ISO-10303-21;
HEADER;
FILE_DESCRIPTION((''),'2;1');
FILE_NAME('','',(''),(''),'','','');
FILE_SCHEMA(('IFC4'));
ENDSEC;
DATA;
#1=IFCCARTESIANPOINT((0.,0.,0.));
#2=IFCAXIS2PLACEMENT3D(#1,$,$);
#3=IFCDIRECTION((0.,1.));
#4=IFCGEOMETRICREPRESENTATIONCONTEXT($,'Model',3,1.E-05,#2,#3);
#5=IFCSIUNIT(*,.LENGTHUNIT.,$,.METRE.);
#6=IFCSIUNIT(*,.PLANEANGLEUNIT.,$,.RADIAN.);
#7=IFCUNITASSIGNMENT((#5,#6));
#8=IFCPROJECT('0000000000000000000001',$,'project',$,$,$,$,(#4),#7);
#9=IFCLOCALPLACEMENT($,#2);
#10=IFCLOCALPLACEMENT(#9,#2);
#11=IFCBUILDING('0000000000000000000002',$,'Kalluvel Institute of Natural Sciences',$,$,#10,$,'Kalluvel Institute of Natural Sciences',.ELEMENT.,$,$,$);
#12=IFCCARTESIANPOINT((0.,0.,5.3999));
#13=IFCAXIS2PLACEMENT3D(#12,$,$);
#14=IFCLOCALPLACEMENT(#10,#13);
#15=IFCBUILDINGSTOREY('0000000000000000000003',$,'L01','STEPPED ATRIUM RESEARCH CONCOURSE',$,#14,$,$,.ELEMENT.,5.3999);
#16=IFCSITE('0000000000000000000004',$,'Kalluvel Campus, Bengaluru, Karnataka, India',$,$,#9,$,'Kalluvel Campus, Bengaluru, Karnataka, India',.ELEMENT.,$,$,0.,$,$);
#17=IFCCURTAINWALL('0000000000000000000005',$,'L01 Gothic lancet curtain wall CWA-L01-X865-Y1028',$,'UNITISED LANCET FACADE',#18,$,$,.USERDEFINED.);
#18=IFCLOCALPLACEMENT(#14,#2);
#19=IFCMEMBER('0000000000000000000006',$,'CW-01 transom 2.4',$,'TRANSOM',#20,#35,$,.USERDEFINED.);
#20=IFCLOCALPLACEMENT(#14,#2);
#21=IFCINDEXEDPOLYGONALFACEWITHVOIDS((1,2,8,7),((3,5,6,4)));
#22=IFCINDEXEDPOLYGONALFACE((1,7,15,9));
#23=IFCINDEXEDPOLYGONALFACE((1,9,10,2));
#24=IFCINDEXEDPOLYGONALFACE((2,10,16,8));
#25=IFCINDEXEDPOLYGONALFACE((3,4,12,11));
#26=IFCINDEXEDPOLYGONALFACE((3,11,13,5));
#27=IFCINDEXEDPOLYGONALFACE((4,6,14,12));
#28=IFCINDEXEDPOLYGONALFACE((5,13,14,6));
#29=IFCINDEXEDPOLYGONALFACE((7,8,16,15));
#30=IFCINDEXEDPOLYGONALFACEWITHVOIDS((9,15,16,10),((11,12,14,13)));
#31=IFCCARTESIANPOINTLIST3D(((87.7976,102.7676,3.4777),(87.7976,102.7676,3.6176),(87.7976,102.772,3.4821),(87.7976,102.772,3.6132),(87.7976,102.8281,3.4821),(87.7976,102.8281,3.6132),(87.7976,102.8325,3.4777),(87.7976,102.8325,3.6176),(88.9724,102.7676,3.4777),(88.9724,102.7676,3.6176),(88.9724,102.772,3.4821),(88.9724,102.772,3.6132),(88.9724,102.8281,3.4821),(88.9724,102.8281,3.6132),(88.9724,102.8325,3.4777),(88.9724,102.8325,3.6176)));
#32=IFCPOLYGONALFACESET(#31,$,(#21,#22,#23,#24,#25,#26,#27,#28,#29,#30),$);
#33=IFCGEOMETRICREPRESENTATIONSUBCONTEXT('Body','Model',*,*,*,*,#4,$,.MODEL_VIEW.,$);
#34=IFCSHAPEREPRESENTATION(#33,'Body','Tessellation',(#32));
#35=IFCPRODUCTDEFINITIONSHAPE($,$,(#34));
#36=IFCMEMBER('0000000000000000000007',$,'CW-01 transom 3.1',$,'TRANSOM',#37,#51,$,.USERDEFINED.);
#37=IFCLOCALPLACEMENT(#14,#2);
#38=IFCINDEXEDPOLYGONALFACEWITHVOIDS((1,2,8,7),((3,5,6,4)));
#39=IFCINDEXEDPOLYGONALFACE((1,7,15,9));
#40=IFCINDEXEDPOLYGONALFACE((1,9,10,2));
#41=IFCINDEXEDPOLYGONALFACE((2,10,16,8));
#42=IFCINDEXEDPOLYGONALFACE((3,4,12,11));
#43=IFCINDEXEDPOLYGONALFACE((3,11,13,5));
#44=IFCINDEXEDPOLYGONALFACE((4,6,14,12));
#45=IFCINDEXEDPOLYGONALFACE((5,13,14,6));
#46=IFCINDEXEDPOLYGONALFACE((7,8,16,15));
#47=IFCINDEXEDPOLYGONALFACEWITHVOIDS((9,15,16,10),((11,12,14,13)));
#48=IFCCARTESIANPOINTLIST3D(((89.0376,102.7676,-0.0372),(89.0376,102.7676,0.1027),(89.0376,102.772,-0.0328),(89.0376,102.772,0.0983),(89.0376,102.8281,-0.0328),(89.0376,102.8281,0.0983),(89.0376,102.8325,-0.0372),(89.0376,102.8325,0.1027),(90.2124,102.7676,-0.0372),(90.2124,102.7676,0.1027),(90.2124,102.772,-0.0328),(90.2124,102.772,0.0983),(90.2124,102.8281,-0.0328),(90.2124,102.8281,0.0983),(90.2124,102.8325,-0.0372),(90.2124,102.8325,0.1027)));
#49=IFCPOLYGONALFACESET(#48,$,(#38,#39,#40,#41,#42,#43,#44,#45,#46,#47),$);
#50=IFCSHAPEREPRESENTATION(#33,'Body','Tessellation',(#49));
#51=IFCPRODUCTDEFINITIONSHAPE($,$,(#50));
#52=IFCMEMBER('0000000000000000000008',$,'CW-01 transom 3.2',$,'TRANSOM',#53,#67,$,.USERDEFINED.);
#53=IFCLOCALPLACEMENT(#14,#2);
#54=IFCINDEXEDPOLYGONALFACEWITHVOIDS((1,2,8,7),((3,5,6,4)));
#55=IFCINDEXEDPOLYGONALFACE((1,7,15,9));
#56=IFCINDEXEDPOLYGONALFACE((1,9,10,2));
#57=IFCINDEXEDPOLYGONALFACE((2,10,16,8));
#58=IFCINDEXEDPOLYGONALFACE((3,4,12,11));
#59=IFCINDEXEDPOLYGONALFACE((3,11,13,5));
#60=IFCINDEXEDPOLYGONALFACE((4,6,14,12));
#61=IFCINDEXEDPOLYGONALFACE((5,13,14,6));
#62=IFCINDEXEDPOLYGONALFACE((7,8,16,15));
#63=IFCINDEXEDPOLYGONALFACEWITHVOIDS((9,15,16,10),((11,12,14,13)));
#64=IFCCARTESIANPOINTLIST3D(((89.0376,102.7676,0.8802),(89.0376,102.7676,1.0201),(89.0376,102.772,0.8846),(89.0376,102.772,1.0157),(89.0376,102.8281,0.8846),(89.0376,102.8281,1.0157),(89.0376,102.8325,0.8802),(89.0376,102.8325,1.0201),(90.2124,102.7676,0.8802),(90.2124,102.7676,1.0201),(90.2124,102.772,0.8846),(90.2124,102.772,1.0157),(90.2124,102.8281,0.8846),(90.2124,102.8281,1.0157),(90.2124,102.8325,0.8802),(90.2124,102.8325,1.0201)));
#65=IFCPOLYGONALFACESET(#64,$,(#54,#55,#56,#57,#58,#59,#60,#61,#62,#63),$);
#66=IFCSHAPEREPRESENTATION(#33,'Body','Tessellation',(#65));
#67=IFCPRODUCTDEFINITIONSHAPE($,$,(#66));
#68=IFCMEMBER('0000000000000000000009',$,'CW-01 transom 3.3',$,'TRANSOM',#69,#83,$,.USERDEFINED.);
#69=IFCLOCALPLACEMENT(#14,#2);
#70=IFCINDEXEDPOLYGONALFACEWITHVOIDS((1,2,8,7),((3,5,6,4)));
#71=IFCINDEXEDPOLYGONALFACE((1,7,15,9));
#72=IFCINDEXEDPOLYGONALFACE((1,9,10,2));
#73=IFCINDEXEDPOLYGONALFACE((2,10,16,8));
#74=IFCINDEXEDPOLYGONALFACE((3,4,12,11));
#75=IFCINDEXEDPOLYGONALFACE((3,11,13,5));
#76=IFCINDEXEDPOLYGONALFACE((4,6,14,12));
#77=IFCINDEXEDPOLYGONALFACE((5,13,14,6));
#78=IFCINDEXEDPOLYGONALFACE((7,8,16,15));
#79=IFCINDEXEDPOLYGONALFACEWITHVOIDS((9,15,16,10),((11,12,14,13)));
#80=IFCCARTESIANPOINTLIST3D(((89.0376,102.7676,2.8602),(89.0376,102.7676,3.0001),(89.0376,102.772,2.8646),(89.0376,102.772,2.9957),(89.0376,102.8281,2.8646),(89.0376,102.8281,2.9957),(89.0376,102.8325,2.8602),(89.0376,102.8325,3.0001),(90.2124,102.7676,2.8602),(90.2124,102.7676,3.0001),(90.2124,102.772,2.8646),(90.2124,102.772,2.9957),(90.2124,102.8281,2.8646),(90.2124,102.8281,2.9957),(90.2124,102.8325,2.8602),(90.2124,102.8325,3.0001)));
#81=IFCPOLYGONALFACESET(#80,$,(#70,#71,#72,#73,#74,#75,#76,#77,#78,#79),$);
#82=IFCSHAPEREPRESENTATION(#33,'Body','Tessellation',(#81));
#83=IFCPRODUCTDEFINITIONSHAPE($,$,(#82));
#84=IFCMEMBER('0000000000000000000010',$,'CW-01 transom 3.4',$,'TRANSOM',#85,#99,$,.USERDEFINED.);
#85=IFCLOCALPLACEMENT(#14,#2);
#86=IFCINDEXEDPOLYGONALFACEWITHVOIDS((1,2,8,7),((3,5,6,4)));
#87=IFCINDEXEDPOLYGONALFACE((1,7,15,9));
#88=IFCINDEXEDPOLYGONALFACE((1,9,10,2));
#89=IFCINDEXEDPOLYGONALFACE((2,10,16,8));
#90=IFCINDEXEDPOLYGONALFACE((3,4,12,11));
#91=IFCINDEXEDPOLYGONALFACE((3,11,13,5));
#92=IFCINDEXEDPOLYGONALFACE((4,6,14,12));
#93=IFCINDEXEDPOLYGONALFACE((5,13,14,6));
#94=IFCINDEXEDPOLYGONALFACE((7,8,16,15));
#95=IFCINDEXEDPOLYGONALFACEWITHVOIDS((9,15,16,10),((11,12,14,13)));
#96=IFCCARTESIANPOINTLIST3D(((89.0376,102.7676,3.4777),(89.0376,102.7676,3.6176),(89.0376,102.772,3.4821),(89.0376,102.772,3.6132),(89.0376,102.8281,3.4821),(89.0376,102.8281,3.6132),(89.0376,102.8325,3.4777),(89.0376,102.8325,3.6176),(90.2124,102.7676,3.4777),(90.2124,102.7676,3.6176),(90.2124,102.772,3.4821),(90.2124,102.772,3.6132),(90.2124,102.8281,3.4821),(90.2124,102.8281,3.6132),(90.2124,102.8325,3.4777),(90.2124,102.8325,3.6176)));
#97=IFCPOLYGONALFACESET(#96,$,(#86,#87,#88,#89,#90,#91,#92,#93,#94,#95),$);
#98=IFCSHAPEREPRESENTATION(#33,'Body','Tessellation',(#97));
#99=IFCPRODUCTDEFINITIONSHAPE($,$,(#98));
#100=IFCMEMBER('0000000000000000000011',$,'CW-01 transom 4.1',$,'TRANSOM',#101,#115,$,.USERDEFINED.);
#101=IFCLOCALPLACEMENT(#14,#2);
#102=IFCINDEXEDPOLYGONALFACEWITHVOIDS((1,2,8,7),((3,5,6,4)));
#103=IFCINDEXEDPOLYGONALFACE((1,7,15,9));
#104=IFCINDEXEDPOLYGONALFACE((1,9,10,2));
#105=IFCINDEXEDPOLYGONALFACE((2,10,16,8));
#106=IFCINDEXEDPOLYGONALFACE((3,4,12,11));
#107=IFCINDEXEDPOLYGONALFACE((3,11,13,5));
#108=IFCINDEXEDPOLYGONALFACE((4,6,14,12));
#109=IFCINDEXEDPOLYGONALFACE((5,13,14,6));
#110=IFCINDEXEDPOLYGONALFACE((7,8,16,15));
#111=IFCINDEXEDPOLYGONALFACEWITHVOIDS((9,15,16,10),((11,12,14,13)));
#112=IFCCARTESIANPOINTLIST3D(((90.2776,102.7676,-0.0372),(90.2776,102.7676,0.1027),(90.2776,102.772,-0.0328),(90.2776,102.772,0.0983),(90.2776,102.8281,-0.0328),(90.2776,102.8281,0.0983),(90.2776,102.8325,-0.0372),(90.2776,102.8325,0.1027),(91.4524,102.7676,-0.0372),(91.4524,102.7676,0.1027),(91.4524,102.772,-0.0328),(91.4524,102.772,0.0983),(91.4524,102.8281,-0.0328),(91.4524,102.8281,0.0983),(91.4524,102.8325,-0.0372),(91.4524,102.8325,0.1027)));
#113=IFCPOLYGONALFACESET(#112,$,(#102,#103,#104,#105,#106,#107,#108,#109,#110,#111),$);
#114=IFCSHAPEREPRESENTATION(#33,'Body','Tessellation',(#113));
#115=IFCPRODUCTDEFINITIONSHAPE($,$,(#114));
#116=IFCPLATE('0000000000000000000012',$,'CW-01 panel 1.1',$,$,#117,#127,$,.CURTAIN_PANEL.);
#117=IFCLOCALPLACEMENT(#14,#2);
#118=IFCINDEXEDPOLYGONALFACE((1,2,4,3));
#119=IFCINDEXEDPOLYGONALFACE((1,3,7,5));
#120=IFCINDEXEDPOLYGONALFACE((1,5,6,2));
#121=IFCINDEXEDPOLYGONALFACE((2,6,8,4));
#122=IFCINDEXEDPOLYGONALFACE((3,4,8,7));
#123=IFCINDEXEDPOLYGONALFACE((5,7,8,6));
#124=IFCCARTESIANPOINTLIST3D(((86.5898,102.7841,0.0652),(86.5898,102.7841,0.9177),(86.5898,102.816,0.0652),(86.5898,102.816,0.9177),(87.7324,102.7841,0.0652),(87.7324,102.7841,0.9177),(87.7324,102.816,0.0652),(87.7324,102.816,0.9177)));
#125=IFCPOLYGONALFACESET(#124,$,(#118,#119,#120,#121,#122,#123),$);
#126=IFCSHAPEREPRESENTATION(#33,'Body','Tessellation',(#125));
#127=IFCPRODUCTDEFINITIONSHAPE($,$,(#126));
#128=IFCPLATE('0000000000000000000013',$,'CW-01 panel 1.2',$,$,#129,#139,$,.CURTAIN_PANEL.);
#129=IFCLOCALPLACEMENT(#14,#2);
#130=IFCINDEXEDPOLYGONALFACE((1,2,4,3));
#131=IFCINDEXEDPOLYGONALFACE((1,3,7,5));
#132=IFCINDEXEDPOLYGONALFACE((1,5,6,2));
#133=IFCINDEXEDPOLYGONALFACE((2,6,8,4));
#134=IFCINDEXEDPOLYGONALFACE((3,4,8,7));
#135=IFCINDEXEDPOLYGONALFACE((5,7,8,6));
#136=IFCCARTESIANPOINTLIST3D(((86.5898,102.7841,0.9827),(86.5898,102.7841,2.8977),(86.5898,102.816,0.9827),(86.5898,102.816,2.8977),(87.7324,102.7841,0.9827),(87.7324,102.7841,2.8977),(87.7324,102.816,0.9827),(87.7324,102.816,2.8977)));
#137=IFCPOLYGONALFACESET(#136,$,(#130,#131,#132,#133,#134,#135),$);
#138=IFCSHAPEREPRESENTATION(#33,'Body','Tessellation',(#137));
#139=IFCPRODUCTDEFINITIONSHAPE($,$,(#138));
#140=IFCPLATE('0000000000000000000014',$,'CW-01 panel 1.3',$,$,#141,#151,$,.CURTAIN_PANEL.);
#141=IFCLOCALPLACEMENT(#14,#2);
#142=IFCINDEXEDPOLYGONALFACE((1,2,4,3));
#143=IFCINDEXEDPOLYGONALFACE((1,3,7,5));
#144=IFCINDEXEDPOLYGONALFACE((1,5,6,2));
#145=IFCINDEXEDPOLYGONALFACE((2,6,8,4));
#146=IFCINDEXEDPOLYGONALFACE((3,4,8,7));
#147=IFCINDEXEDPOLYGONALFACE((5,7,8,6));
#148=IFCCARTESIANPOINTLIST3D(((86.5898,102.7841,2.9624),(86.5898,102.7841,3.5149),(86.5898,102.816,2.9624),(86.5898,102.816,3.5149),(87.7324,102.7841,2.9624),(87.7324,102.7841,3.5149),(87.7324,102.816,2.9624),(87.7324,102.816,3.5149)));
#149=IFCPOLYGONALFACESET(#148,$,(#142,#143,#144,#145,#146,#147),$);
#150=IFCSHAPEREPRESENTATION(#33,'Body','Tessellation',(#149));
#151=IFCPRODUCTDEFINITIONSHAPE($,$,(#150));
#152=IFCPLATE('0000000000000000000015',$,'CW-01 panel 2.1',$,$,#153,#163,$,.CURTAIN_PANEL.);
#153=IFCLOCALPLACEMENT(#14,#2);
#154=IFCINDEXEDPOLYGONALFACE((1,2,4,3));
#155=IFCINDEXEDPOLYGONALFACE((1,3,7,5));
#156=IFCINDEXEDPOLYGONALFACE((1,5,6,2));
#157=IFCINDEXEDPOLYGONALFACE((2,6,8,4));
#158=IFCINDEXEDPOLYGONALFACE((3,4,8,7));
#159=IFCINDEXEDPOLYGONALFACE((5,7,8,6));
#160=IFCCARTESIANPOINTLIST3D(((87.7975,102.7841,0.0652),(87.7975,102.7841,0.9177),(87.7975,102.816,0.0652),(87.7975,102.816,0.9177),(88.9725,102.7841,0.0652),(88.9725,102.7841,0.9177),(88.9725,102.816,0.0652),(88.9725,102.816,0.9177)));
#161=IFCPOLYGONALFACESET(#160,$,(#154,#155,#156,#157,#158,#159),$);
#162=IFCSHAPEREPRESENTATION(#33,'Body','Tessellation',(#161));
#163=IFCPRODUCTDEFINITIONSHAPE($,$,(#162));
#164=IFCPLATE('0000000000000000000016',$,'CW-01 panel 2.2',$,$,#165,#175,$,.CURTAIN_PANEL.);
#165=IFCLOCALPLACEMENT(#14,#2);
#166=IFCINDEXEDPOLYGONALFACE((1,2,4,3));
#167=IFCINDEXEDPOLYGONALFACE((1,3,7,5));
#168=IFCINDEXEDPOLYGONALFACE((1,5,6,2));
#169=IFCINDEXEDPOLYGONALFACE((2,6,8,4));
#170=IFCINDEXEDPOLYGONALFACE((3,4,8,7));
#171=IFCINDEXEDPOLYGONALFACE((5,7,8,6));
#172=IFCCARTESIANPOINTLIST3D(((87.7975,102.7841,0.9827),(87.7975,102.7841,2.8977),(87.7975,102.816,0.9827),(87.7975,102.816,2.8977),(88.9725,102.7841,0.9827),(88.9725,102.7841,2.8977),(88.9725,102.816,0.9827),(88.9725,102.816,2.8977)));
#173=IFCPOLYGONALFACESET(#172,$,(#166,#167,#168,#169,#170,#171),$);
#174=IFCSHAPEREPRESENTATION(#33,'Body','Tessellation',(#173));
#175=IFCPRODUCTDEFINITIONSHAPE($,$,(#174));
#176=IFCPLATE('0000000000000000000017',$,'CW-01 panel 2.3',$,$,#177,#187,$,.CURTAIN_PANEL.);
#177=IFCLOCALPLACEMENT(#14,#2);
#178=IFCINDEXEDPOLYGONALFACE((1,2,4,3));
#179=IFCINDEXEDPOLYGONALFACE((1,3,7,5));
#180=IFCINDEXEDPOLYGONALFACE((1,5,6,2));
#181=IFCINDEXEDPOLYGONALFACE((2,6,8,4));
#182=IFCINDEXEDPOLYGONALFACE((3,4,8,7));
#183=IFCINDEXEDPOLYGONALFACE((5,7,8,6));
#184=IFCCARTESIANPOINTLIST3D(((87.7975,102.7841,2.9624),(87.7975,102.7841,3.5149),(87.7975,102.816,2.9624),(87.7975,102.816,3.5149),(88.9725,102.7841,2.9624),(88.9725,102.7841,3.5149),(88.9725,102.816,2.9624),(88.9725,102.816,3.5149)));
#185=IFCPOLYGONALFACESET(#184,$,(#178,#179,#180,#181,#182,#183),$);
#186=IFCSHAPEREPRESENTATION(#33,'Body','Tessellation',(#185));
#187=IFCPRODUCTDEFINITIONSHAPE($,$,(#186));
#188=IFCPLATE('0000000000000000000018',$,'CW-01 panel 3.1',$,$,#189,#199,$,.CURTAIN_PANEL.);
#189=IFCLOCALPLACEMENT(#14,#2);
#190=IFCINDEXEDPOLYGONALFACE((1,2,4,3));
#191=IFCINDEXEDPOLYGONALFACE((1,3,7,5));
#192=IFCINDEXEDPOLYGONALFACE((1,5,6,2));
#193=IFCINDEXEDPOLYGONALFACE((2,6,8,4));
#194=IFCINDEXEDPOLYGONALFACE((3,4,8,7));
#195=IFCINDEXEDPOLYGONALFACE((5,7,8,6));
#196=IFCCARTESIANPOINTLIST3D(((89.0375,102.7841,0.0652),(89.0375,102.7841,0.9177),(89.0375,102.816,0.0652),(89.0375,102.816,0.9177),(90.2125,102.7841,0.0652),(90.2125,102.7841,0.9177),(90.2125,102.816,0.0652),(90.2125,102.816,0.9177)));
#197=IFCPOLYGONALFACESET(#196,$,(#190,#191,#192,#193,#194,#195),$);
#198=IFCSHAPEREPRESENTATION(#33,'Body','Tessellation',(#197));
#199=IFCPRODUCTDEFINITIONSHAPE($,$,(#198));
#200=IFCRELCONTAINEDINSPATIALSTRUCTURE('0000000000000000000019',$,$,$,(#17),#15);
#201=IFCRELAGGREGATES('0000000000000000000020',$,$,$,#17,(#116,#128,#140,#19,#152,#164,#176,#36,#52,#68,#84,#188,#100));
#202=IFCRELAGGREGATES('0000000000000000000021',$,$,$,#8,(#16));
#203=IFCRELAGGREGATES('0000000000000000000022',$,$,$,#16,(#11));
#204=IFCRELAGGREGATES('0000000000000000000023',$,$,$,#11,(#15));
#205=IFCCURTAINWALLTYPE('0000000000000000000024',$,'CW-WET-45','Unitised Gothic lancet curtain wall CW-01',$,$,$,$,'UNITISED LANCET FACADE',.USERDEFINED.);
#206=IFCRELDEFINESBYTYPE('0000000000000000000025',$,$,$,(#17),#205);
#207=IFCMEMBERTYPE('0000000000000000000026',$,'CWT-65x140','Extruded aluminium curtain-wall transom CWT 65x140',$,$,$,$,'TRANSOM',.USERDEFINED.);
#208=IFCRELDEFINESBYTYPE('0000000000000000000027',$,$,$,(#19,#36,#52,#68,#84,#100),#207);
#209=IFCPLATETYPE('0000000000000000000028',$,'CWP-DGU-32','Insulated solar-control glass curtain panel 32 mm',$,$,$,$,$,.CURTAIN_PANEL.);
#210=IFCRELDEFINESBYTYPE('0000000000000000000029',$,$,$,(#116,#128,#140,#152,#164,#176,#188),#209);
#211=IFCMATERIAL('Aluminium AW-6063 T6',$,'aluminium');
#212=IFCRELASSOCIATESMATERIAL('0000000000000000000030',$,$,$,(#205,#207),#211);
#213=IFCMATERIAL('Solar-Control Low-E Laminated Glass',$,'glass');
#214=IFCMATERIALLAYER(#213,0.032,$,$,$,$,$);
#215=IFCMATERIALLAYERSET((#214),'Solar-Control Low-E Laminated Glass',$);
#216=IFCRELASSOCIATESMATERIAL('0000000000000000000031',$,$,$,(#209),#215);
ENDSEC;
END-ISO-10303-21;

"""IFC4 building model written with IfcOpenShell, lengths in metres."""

from ifc_helpers import new_model, si_unit, direction, frame, origin, origin_2d, place, context, subcontext, project, spatial, rectangle, hollow_rectangle, extrude, material, layer, layer_set, material_profile, profile_set, type_object, element, aggregate, save


model = new_model("IFC4")

# Units and contexts
model_context = context("Model", 3, precision=1e-05, world=origin(), true_north=direction((0.0, 1.0)))
body_context = subcontext(model_context, "Body", "Model", "MODEL_VIEW")
ifc_project = project(units=[si_unit("LENGTHUNIT", "METRE"), si_unit("PLANEANGLEUNIT", "RADIAN")], contexts=[model_context])

# Site, building, storey
site_placement = place(None, origin())
site = spatial("IfcSite", under=ifc_project, at=site_placement, Name="Kalluvel Campus, Bengaluru, Karnataka, India", LongName="Kalluvel Campus, Bengaluru, Karnataka, India", CompositionType="ELEMENT", RefElevation=0.0)
building_placement = place(site_placement, origin())
building = spatial("IfcBuilding", under=site, at=building_placement, Name="Kalluvel Institute of Natural Sciences", LongName="Kalluvel Institute of Natural Sciences", CompositionType="ELEMENT")
storey_placement = place(building_placement, frame((0.0, 0.0, 5.3999)))
storey = spatial("IfcBuildingStorey", under=building, at=storey_placement, Name="L01", Description="STEPPED ATRIUM RESEARCH CONCOURSE", CompositionType="ELEMENT", Elevation=5.3999)

# Curtain wall, members, plates
ifc_material_1 = material(Name="Aluminium AW-6063 T6", Category="aluminium")
curtain_wall_type = type_object("IfcCurtainWallType", Name="CW-WET-45", Description="Unitised Gothic lancet curtain wall CW-01", ElementType="UNITISED LANCET FACADE", PredefinedType="USERDEFINED", material=ifc_material_1)
curtain_wall_placement = place(storey_placement, origin())
curtain_wall = element("IfcCurtainWall", 1, at=curtain_wall_placement, inside=storey, type_object=curtain_wall_type, Name="L01 Gothic lancet curtain wall CWA-L01-X865-Y1028", ObjectType="UNITISED LANCET FACADE", PredefinedType="USERDEFINED")
ifc_material_profile_1 = material_profile(ifc_material_1, hollow_rectangle(XDim=0.0649, YDim=0.1399, WallThickness=0.0044, at=origin_2d()), Name="CWT 65x140")
ifc_profile_set_1 = profile_set([ifc_material_profile_1], Name="Aluminium AW-6063 T6")
member_type_1 = type_object("IfcMemberType", Name="CWT-65x140", Description="Extruded aluminium curtain-wall transom CWT 65x140", ElementType="TRANSOM", PredefinedType="USERDEFINED", material=ifc_profile_set_1)
member_1_placement = place(storey_placement, frame((87.7976, 102.8, 3.5476), z_axis=(1.0, 0.0, 0.0), x_axis=(0.0, 1.0, 0.0)))
member_1 = element("IfcMember", 2, at=member_1_placement, type_object=member_type_1, Name="CW-01 transom 2.4", ObjectType="TRANSOM", PredefinedType="USERDEFINED", context=body_context, shape_type="SweptSolid", body=[
    extrude(hollow_rectangle(XDim=0.0649, YDim=0.1399, WallThickness=0.0044, at=origin_2d()), origin(), (0.0, 0.0, 1.0), 1.1748),
])
member_2_placement = place(storey_placement, frame((89.0376, 102.8, 0.0327), z_axis=(1.0, 0.0, 0.0), x_axis=(0.0, 1.0, 0.0)))
member_2 = element("IfcMember", 3, at=member_2_placement, type_object=member_type_1, Name="CW-01 transom 3.1", ObjectType="TRANSOM", PredefinedType="USERDEFINED", context=body_context, shape_type="SweptSolid", body=[
    extrude(hollow_rectangle(XDim=0.0649, YDim=0.1399, WallThickness=0.0044, at=origin_2d()), origin(), (0.0, 0.0, 1.0), 1.1748),
])
member_3_placement = place(storey_placement, frame((89.0376, 102.8, 0.9502), z_axis=(1.0, 0.0, 0.0), x_axis=(0.0, 1.0, 0.0)))
member_3 = element("IfcMember", 4, at=member_3_placement, type_object=member_type_1, Name="CW-01 transom 3.2", ObjectType="TRANSOM", PredefinedType="USERDEFINED", context=body_context, shape_type="SweptSolid", body=[
    extrude(hollow_rectangle(XDim=0.0649, YDim=0.1399, WallThickness=0.0044, at=origin_2d()), origin(), (0.0, 0.0, 1.0), 1.1748),
])
member_4_placement = place(storey_placement, frame((89.0376, 102.8, 2.9302), z_axis=(1.0, 0.0, 0.0), x_axis=(0.0, 1.0, 0.0)))
member_4 = element("IfcMember", 5, at=member_4_placement, type_object=member_type_1, Name="CW-01 transom 3.3", ObjectType="TRANSOM", PredefinedType="USERDEFINED", context=body_context, shape_type="SweptSolid", body=[
    extrude(hollow_rectangle(XDim=0.0649, YDim=0.1399, WallThickness=0.0044, at=origin_2d()), origin(), (0.0, 0.0, 1.0), 1.1748),
])
member_5_placement = place(storey_placement, frame((89.0376, 102.8, 3.5476), z_axis=(1.0, 0.0, 0.0), x_axis=(0.0, 1.0, 0.0)))
member_5 = element("IfcMember", 6, at=member_5_placement, type_object=member_type_1, Name="CW-01 transom 3.4", ObjectType="TRANSOM", PredefinedType="USERDEFINED", context=body_context, shape_type="SweptSolid", body=[
    extrude(hollow_rectangle(XDim=0.0649, YDim=0.1399, WallThickness=0.0044, at=origin_2d()), origin(), (0.0, 0.0, 1.0), 1.1748),
])
member_6_placement = place(storey_placement, frame((90.2776, 102.8, 0.0327), z_axis=(1.0, 0.0, 0.0), x_axis=(0.0, 1.0, 0.0)))
member_6 = element("IfcMember", 7, at=member_6_placement, type_object=member_type_1, Name="CW-01 transom 4.1", ObjectType="TRANSOM", PredefinedType="USERDEFINED", context=body_context, shape_type="SweptSolid", body=[
    extrude(hollow_rectangle(XDim=0.0649, YDim=0.1399, WallThickness=0.0044, at=origin_2d()), origin(), (0.0, 0.0, 1.0), 1.1748),
])
ifc_material_2 = material(Name="Solar-Control Low-E Laminated Glass", Category="glass")
ifc_layer = layer(ifc_material_2, 0.032)
ifc_layer_set = layer_set([ifc_layer], Name="Solar-Control Low-E Laminated Glass")
plate_type = type_object("IfcPlateType", Name="CWP-DGU-32", Description="Insulated solar-control glass curtain panel 32 mm", PredefinedType="CURTAIN_PANEL", material=ifc_layer_set)
plate_1_placement = place(storey_placement, frame((87.1611, 102.8, 0.0652), z_axis=(0.0, 0.0, 1.0), x_axis=(1.0, 0.0, 0.0)))
plate_1 = element("IfcPlate", 8, at=plate_1_placement, type_object=plate_type, Name="CW-01 panel 1.1", PredefinedType="CURTAIN_PANEL", context=body_context, shape_type="SweptSolid", body=[
    extrude(rectangle(XDim=1.1426, YDim=0.032, at=origin_2d()), origin(), (0.0, 0.0, 1.0), 0.8525),
])
plate_2_placement = place(storey_placement, frame((87.1611, 102.8, 0.9827), z_axis=(0.0, 0.0, 1.0), x_axis=(1.0, 0.0, 0.0)))
plate_2 = element("IfcPlate", 9, at=plate_2_placement, type_object=plate_type, Name="CW-01 panel 1.2", PredefinedType="CURTAIN_PANEL", context=body_context, shape_type="SweptSolid", body=[
    extrude(rectangle(XDim=1.1426, YDim=0.032, at=origin_2d()), origin(), (0.0, 0.0, 1.0), 1.915),
])
plate_3_placement = place(storey_placement, frame((87.1611, 102.8, 2.9624), z_axis=(0.0, 0.0, 1.0), x_axis=(1.0, 0.0, 0.0)))
plate_3 = element("IfcPlate", 10, at=plate_3_placement, type_object=plate_type, Name="CW-01 panel 1.3", PredefinedType="CURTAIN_PANEL", context=body_context, shape_type="SweptSolid", body=[
    extrude(rectangle(XDim=1.1426, YDim=0.032, at=origin_2d()), origin(), (0.0, 0.0, 1.0), 0.5525),
])
plate_4_placement = place(storey_placement, frame((88.385, 102.8, 0.0652), z_axis=(0.0, 0.0, 1.0), x_axis=(1.0, 0.0, 0.0)))
plate_4 = element("IfcPlate", 11, at=plate_4_placement, type_object=plate_type, Name="CW-01 panel 2.1", PredefinedType="CURTAIN_PANEL", context=body_context, shape_type="SweptSolid", body=[
    extrude(rectangle(XDim=1.175, YDim=0.032, at=origin_2d()), origin(), (0.0, 0.0, 1.0), 0.8525),
])
plate_5_placement = place(storey_placement, frame((88.385, 102.8, 0.9827), z_axis=(0.0, 0.0, 1.0), x_axis=(1.0, 0.0, 0.0)))
plate_5 = element("IfcPlate", 12, at=plate_5_placement, type_object=plate_type, Name="CW-01 panel 2.2", PredefinedType="CURTAIN_PANEL", context=body_context, shape_type="SweptSolid", body=[
    extrude(rectangle(XDim=1.175, YDim=0.032, at=origin_2d()), origin(), (0.0, 0.0, 1.0), 1.915),
])
plate_6_placement = place(storey_placement, frame((88.385, 102.8, 2.9624), z_axis=(0.0, 0.0, 1.0), x_axis=(1.0, 0.0, 0.0)))
plate_6 = element("IfcPlate", 13, at=plate_6_placement, type_object=plate_type, Name="CW-01 panel 2.3", PredefinedType="CURTAIN_PANEL", context=body_context, shape_type="SweptSolid", body=[
    extrude(rectangle(XDim=1.175, YDim=0.032, at=origin_2d()), origin(), (0.0, 0.0, 1.0), 0.5525),
])
plate_7_placement = place(storey_placement, frame((89.625, 102.8, 0.0652), z_axis=(0.0, 0.0, 1.0), x_axis=(1.0, 0.0, 0.0)))
plate_7 = element("IfcPlate", 14, at=plate_7_placement, type_object=plate_type, Name="CW-01 panel 3.1", PredefinedType="CURTAIN_PANEL", context=body_context, shape_type="SweptSolid", body=[
    extrude(rectangle(XDim=1.175, YDim=0.032, at=origin_2d()), origin(), (0.0, 0.0, 1.0), 0.8525),
])
aggregate(curtain_wall, [plate_1, plate_2, plate_3, member_1, plate_4, plate_5, plate_6, member_2, member_3, member_4, member_5, plate_7, member_6])

save(model, "model.ifc")
